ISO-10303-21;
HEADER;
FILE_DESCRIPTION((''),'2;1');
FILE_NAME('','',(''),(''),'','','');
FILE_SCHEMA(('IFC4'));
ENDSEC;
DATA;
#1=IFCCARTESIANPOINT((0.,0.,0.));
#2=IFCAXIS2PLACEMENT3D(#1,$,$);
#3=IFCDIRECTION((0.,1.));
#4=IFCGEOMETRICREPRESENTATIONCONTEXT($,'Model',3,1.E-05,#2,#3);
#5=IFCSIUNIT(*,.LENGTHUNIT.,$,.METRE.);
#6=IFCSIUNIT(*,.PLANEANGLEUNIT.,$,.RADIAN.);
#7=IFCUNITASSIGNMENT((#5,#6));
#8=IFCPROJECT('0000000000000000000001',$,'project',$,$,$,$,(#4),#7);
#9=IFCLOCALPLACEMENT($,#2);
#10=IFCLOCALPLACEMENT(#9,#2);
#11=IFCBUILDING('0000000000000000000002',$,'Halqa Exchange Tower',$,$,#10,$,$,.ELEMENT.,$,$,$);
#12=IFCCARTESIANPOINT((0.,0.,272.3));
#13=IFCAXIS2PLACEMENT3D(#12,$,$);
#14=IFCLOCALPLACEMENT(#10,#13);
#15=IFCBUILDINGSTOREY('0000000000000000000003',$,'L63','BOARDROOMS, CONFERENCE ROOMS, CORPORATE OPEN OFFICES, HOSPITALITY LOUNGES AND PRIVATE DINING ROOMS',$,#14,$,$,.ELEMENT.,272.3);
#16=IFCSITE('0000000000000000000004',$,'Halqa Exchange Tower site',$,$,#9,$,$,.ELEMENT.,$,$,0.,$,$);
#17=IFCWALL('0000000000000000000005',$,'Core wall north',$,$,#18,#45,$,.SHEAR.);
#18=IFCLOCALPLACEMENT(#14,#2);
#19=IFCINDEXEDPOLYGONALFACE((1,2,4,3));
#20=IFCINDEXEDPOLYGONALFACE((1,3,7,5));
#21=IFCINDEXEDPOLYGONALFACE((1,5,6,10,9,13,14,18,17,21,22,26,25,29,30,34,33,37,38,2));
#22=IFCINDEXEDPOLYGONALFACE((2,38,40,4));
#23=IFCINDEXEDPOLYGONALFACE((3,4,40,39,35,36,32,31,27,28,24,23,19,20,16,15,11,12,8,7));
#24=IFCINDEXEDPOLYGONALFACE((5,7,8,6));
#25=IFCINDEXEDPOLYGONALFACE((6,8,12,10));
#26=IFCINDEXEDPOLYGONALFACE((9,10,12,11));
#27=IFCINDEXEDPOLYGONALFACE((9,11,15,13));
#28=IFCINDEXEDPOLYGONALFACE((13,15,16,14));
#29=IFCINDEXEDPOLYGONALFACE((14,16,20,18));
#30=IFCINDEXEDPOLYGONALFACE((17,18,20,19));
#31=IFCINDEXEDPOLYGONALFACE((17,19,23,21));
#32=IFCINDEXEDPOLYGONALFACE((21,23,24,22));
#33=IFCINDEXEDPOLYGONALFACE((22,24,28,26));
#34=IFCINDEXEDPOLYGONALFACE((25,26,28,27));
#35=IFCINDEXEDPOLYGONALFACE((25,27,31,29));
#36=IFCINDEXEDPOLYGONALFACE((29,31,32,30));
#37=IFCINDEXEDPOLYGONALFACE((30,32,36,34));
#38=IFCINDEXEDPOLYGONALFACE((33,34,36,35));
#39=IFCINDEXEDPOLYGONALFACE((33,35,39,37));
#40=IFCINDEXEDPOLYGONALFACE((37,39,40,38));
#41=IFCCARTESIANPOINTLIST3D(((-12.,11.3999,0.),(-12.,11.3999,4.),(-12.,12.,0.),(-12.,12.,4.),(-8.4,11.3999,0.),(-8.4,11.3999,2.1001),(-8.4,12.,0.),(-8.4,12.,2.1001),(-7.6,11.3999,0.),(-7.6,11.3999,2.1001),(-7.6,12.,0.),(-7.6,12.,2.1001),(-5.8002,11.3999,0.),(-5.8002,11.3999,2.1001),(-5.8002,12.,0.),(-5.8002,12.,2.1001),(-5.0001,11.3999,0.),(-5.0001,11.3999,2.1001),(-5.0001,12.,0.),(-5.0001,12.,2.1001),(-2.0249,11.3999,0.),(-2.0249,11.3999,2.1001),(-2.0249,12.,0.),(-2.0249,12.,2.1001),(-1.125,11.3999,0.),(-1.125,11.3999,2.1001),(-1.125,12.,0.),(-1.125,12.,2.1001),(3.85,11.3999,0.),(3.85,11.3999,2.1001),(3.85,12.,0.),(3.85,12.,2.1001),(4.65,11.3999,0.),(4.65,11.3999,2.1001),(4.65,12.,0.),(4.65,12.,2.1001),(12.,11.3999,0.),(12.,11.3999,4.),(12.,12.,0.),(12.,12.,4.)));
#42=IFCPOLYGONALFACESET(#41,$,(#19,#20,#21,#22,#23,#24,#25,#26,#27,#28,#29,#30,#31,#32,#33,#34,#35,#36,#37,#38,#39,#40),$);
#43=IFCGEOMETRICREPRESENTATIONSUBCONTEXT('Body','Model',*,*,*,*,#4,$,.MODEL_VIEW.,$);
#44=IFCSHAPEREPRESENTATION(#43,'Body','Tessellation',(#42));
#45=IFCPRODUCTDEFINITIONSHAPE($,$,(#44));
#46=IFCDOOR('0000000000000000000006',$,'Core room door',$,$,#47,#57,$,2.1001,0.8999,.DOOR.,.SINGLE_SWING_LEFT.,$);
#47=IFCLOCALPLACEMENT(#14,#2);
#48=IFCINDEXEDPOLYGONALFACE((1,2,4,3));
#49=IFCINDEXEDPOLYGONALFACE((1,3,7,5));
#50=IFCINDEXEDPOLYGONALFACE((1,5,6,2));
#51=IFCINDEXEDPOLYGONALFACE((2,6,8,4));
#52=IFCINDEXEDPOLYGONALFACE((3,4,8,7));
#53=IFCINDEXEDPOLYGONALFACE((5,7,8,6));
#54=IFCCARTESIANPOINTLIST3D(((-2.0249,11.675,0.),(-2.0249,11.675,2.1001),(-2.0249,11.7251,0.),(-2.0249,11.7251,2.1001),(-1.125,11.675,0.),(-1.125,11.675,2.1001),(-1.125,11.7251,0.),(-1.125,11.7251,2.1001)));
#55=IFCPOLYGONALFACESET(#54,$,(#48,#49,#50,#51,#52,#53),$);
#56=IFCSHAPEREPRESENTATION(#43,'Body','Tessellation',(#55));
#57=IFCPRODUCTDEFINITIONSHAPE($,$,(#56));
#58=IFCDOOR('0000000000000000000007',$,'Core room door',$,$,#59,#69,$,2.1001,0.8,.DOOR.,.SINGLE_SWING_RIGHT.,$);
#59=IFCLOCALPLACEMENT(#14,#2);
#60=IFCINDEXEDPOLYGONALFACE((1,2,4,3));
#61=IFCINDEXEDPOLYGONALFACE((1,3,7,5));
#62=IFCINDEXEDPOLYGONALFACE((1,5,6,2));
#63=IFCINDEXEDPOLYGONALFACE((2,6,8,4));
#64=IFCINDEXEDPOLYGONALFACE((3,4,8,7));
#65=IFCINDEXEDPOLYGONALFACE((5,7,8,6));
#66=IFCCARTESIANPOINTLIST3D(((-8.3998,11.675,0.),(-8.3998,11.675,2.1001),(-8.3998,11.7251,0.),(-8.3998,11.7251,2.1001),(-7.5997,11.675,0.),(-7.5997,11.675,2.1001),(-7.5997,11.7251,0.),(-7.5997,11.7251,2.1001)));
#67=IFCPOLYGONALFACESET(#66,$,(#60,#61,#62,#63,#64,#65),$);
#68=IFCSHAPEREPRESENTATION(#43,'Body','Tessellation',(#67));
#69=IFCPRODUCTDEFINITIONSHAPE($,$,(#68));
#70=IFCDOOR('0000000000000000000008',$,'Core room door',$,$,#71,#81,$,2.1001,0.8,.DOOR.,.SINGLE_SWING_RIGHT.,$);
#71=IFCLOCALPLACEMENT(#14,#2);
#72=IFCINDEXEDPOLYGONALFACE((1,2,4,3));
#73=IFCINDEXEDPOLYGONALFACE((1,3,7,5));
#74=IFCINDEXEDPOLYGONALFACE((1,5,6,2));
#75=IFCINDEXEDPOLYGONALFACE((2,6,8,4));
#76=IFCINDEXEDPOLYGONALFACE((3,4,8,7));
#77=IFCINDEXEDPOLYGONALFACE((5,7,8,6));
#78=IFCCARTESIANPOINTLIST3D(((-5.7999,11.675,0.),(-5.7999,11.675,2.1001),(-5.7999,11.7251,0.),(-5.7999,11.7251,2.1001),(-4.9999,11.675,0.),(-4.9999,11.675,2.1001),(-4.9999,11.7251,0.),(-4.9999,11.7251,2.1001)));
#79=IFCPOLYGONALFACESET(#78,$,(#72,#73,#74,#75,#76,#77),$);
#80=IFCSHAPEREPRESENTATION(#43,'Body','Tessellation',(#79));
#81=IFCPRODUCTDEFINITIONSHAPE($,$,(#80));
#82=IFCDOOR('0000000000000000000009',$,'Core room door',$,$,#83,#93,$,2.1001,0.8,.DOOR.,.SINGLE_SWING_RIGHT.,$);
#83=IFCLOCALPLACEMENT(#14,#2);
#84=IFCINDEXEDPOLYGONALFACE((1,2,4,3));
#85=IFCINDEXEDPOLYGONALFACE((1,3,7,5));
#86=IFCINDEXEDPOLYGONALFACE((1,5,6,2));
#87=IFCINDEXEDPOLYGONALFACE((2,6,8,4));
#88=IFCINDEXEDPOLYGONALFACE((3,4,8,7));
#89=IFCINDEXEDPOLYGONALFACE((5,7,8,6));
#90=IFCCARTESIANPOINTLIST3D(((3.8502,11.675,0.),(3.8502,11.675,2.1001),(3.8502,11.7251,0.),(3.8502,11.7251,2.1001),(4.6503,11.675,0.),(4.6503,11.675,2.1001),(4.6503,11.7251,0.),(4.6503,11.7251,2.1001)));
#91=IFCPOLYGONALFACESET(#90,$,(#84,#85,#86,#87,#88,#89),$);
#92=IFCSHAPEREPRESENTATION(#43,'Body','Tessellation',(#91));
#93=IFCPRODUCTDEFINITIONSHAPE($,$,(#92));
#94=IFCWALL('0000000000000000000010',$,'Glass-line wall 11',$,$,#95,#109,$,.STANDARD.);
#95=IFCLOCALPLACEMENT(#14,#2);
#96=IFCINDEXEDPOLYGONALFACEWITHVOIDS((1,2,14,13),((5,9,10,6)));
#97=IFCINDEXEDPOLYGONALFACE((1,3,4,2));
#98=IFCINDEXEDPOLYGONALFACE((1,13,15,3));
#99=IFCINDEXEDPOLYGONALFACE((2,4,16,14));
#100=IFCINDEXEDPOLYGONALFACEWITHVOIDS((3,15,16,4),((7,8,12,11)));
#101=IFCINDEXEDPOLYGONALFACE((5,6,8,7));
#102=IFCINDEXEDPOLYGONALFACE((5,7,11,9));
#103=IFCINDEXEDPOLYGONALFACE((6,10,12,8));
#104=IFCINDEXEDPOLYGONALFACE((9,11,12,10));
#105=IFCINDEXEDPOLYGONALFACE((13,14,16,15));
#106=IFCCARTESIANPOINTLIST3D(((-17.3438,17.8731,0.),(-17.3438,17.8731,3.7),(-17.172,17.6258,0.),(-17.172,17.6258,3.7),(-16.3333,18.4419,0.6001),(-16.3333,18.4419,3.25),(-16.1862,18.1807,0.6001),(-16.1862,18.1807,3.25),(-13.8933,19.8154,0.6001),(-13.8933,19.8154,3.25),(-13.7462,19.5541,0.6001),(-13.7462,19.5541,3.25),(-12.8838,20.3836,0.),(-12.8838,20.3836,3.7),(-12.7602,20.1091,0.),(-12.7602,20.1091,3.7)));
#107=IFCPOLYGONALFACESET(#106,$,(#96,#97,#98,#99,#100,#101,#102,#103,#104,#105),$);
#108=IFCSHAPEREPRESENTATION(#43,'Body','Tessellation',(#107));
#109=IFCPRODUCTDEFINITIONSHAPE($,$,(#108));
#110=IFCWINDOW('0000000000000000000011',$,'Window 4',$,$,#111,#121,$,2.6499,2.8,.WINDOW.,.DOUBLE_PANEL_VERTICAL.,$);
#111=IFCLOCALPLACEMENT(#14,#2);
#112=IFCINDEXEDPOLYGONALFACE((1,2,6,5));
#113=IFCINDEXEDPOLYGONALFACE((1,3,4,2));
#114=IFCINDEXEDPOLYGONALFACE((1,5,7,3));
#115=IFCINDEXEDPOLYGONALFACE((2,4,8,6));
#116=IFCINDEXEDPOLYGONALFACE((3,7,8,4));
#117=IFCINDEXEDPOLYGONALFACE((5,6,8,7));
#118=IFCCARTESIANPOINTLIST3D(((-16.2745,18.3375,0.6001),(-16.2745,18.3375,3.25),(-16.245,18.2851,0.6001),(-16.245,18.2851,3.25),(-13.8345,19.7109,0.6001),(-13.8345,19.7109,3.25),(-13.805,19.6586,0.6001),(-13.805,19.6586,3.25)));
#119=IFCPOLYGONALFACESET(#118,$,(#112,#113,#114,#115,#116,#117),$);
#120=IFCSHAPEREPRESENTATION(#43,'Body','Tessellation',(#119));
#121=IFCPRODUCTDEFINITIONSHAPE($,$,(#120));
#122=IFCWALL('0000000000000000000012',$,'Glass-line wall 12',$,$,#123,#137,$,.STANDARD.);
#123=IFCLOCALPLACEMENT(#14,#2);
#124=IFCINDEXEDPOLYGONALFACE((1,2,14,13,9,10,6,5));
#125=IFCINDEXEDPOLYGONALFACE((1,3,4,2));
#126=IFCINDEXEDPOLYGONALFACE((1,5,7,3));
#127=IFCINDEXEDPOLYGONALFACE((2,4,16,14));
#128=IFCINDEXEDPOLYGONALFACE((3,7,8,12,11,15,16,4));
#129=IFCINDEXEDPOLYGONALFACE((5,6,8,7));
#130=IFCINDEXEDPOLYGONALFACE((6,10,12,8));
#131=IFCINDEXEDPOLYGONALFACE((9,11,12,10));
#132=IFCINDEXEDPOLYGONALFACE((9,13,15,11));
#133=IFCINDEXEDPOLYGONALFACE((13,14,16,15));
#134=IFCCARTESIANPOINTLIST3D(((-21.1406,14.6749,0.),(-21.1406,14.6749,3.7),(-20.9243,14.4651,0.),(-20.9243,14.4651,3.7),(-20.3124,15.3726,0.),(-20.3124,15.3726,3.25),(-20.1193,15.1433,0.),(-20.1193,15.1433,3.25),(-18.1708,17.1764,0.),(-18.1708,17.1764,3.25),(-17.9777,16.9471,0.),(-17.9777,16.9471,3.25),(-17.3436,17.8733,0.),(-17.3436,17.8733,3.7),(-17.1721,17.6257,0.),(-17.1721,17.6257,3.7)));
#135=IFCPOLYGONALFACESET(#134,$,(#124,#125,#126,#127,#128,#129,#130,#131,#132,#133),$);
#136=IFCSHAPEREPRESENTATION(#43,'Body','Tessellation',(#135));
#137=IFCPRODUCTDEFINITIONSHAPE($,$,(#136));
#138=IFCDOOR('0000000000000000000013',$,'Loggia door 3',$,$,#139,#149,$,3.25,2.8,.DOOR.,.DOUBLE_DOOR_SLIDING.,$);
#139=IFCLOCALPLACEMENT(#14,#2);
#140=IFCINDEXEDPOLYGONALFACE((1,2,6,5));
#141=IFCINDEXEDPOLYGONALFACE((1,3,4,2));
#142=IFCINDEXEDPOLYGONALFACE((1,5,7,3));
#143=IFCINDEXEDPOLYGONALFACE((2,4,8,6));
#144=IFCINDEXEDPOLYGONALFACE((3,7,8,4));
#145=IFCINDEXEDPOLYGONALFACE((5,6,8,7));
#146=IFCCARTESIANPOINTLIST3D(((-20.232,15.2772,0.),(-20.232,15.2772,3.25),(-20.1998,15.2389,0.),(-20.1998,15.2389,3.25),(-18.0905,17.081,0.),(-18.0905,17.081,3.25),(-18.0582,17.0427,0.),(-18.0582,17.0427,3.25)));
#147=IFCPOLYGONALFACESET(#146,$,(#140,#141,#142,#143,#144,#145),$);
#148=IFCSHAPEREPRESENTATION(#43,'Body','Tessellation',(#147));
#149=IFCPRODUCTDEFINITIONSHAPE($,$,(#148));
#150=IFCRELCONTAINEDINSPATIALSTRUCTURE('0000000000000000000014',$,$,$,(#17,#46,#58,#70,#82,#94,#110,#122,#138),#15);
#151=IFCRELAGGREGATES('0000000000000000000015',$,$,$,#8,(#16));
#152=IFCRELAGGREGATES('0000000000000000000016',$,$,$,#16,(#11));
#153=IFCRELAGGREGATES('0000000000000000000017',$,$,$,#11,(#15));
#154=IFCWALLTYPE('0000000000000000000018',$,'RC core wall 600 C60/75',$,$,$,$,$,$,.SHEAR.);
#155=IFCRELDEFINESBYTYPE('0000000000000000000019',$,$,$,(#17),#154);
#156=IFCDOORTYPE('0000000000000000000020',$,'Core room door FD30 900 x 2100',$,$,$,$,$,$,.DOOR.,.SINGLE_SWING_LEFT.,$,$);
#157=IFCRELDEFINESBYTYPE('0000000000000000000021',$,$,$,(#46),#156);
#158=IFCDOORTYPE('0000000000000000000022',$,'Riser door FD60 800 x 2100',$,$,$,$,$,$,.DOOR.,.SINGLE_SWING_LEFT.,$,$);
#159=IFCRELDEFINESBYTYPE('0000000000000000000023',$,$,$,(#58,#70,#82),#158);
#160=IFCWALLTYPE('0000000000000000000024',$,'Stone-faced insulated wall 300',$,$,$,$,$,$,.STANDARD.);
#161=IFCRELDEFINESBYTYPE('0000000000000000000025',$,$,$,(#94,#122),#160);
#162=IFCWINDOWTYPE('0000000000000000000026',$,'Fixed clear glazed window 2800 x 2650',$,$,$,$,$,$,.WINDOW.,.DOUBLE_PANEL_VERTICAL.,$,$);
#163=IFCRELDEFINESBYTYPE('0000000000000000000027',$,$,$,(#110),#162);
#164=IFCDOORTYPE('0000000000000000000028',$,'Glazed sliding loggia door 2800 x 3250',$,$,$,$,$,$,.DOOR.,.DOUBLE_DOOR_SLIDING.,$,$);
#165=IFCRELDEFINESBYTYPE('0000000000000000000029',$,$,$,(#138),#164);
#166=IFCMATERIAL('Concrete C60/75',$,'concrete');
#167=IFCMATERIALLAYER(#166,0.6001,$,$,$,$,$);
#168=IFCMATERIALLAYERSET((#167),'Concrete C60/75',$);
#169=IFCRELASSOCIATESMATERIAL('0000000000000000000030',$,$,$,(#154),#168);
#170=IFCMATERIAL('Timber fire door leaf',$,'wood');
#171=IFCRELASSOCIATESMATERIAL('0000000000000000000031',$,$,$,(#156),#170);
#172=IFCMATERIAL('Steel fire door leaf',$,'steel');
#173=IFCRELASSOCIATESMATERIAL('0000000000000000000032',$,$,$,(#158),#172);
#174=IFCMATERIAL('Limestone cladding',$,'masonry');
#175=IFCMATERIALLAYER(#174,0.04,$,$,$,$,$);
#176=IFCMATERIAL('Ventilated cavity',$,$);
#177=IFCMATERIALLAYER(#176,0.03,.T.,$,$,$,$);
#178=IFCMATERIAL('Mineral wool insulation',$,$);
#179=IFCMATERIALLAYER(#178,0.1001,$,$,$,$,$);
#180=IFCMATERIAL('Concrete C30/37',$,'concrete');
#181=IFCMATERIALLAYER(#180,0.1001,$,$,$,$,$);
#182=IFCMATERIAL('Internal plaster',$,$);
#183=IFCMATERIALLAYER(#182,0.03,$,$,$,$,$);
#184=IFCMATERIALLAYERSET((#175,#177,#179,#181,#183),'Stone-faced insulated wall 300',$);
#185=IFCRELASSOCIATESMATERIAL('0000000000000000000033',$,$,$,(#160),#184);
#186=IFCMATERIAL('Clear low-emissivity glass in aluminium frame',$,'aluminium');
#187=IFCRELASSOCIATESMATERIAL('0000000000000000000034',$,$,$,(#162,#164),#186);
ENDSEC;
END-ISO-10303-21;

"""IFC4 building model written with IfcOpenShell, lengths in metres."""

from ifc_helpers import new_model, si_unit, direction, frame, frame_2d, origin, place, context, subcontext, project, spatial, polyline, rectangle, outline, extrude, material, layer, layer_set, type_object, element, fill, save


model = new_model("IFC4")

# Units and contexts
model_context = context("Model", 3, precision=1e-05, world=origin(), true_north=direction((0.0, 1.0)))
body_context = subcontext(model_context, "Body", "Model", "MODEL_VIEW")
ifc_project = project(units=[si_unit("LENGTHUNIT", "METRE"), si_unit("PLANEANGLEUNIT", "RADIAN")], contexts=[model_context])

# Site, building, storey
site_placement = place(None, origin())
site = spatial("IfcSite", under=ifc_project, at=site_placement, Name="Halqa Exchange Tower site", CompositionType="ELEMENT", RefElevation=0.0)
building_placement = place(site_placement, origin())
building = spatial("IfcBuilding", under=site, at=building_placement, Name="Halqa Exchange Tower", CompositionType="ELEMENT")
storey_placement = place(building_placement, frame((0.0, 0.0, 272.3)))
storey = spatial("IfcBuildingStorey", under=building, at=storey_placement, Name="L63", Description="BOARDROOMS, CONFERENCE ROOMS, CORPORATE OPEN OFFICES, HOSPITALITY LOUNGES AND PRIVATE DINING ROOMS", CompositionType="ELEMENT", Elevation=272.3)

# Shared definitions
ifc_material_1 = material(Name="Concrete C60/75", Category="concrete")

# Wall, openings, doors
ifc_material_2 = material(Name="Steel fire door leaf", Category="steel")
ifc_layer_1 = layer(ifc_material_1, 0.6001)
ifc_layer_set_1 = layer_set([ifc_layer_1], Name="Concrete C60/75")
wall_type_1 = type_object("IfcWallType", Name="RC core wall 600 C60/75", PredefinedType="SHEAR", material=ifc_layer_set_1)
wall_1_placement = place(storey_placement, frame((-12.0, 11.7, 0.0), z_axis=(0.0, 0.0, 1.0), x_axis=(1.0, 0.0, 0.0)))
wall_1 = element("IfcWall", 1, at=wall_1_placement, inside=storey, type_object=wall_type_1, Name="Core wall north", PredefinedType="SHEAR", context=body_context, shape_type="SweptSolid", body=[
    extrude(rectangle(XDim=24.0, YDim=0.6001, at=frame_2d((12.0, 0.0))), origin(), (0.0, 0.0, 1.0), 4.0),
])
opening_1_placement = place(wall_1_placement, frame((9.9751, 0.0, 0.0)))
opening_1 = element("IfcOpeningElement", 2, at=opening_1_placement, cuts=wall_1, PredefinedType="OPENING", context=body_context, shape_type="SweptSolid", body=[
    extrude(rectangle(XDim=0.8999, YDim=2.1001, at=frame_2d((0.45, 1.05))), frame((0.0, 0.312, 0.0), z_axis=(0.0, -1.0, 0.0), x_axis=(1.0, 0.0, 0.0)), (0.0, 0.0, 1.0), 0.624),
])
opening_2_placement = place(wall_1_placement, frame((3.6001, 0.0, 0.0)))
opening_2 = element("IfcOpeningElement", 3, at=opening_2_placement, cuts=wall_1, PredefinedType="OPENING", context=body_context, shape_type="SweptSolid", body=[
    extrude(rectangle(XDim=0.8, YDim=2.1001, at=frame_2d((0.3999, 1.05))), frame((0.0, 0.312, 0.0), z_axis=(0.0, -1.0, 0.0), x_axis=(1.0, 0.0, 0.0)), (0.0, 0.0, 1.0), 0.624),
])
opening_3_placement = place(wall_1_placement, frame((6.2, 0.0, 0.0)))
opening_3 = element("IfcOpeningElement", 4, at=opening_3_placement, cuts=wall_1, PredefinedType="OPENING", context=body_context, shape_type="SweptSolid", body=[
    extrude(rectangle(XDim=0.8, YDim=2.1001, at=frame_2d((0.3999, 1.05))), frame((0.0, 0.312, 0.0), z_axis=(0.0, -1.0, 0.0), x_axis=(1.0, 0.0, 0.0)), (0.0, 0.0, 1.0), 0.624),
])
opening_4_placement = place(wall_1_placement, frame((15.8501, 0.0, 0.0)))
opening_4 = element("IfcOpeningElement", 5, at=opening_4_placement, cuts=wall_1, PredefinedType="OPENING", context=body_context, shape_type="SweptSolid", body=[
    extrude(rectangle(XDim=0.8, YDim=2.1001, at=frame_2d((0.3999, 1.05))), frame((0.0, 0.312, 0.0), z_axis=(0.0, -1.0, 0.0), x_axis=(1.0, 0.0, 0.0)), (0.0, 0.0, 1.0), 0.624),
])
ifc_material_3 = material(Name="Timber fire door leaf", Category="wood")
door_type_1 = type_object("IfcDoorType", Name="Core room door FD30 900 x 2100", OperationType="SINGLE_SWING_LEFT", PredefinedType="DOOR", material=ifc_material_3)
door_1_placement = place(opening_1_placement, frame((0.8999, 0.0, 0.0), z_axis=(0.0, 0.0, 1.0), x_axis=(-1.0, 0.0, 0.0)))
door_1 = element("IfcDoor", 6, at=door_1_placement, inside=storey, type_object=door_type_1, Name="Core room door", OperationType="SINGLE_SWING_LEFT", OverallHeight=2.1001, OverallWidth=0.8999, PredefinedType="DOOR", context=body_context, shape_type="SweptSolid", body=[
    extrude(rectangle(XDim=0.8999, YDim=2.1001, at=frame_2d((0.45, 1.05))), frame((0.0, 0.0249, 0.0), z_axis=(0.0, -1.0, 0.0), x_axis=(1.0, 0.0, 0.0)), (0.0, 0.0, 1.0), 0.05),
])
fill(opening_1, door_1)
door_type_2 = type_object("IfcDoorType", Name="Riser door FD60 800 x 2100", OperationType="SINGLE_SWING_LEFT", PredefinedType="DOOR", material=ifc_material_2)
door_2_placement = place(opening_2_placement, frame((0.8, 0.0, 0.0), z_axis=(0.0, 0.0, 1.0), x_axis=(-1.0, 0.0, 0.0)))
door_2 = element("IfcDoor", 7, at=door_2_placement, inside=storey, type_object=door_type_2, Name="Core room door", OperationType="SINGLE_SWING_RIGHT", OverallHeight=2.1001, OverallWidth=0.8, PredefinedType="DOOR", context=body_context, shape_type="SweptSolid", body=[
    extrude(rectangle(XDim=0.8, YDim=2.1001, at=frame_2d((0.3999, 1.05))), frame((0.0, 0.0249, 0.0), z_axis=(0.0, -1.0, 0.0), x_axis=(1.0, 0.0, 0.0)), (0.0, 0.0, 1.0), 0.05),
])
fill(opening_2, door_2)
door_3_placement = place(opening_3_placement, frame((0.8, 0.0, 0.0), z_axis=(0.0, 0.0, 1.0), x_axis=(-1.0, 0.0, 0.0)))
door_3 = element("IfcDoor", 8, at=door_3_placement, inside=storey, type_object=door_type_2, Name="Core room door", OperationType="SINGLE_SWING_RIGHT", OverallHeight=2.1001, OverallWidth=0.8, PredefinedType="DOOR", context=body_context, shape_type="SweptSolid", body=[
    extrude(rectangle(XDim=0.8, YDim=2.1001, at=frame_2d((0.3999, 1.05))), frame((0.0, 0.0249, 0.0), z_axis=(0.0, -1.0, 0.0), x_axis=(1.0, 0.0, 0.0)), (0.0, 0.0, 1.0), 0.05),
])
fill(opening_3, door_3)
door_4_placement = place(opening_4_placement, frame((0.8, 0.0, 0.0), z_axis=(0.0, 0.0, 1.0), x_axis=(-1.0, 0.0, 0.0)))
door_4 = element("IfcDoor", 9, at=door_4_placement, inside=storey, type_object=door_type_2, Name="Core room door", OperationType="SINGLE_SWING_RIGHT", OverallHeight=2.1001, OverallWidth=0.8, PredefinedType="DOOR", context=body_context, shape_type="SweptSolid", body=[
    extrude(rectangle(XDim=0.8, YDim=2.1001, at=frame_2d((0.3999, 1.05))), frame((0.0, 0.0249, 0.0), z_axis=(0.0, -1.0, 0.0), x_axis=(1.0, 0.0, 0.0)), (0.0, 0.0, 1.0), 0.05),
])
fill(opening_4, door_4)

# Wall, opening, window
ifc_material_4 = material(Name="Limestone cladding", Category="masonry")
ifc_layer_2 = layer(ifc_material_4, 0.04)
ifc_material_5 = material(Name="Ventilated cavity")
ifc_layer_3 = layer(ifc_material_5, 0.03, ventilated=True)
ifc_material_6 = material(Name="Mineral wool insulation")
ifc_layer_4 = layer(ifc_material_6, 0.1001)
ifc_material_7 = material(Name="Concrete C30/37", Category="concrete")
ifc_layer_5 = layer(ifc_material_7, 0.1001)
ifc_material_8 = material(Name="Internal plaster")
ifc_layer_6 = layer(ifc_material_8, 0.03)
ifc_layer_set_2 = layer_set([ifc_layer_2, ifc_layer_3, ifc_layer_4, ifc_layer_5, ifc_layer_6], Name="Stone-faced insulated wall 300")
wall_type_2 = type_object("IfcWallType", Name="Stone-faced insulated wall 300", PredefinedType="STANDARD", material=ifc_layer_set_2)
wall_2_placement = place(storey_placement, frame((-12.822, 20.2463, 0.0), z_axis=(0.0, 0.0, 1.0), x_axis=(-0.871433, -0.490514, 0.0)))
wall_2 = element("IfcWall", 10, at=wall_2_placement, inside=storey, type_object=wall_type_2, Name="Glass-line wall 11", PredefinedType="STANDARD", context=body_context, shape_type="SweptSolid", body=[
    extrude(outline(polyline([(-0.0134, -0.1499), (5.1045, -0.1499), (5.0762, 0.1499), (0.0134, 0.1499), (-0.0134, -0.1499)])), origin(), (0.0, 0.0, 1.0), 3.7),
])
opening_5_placement = place(wall_2_placement, frame((1.145, 0.0, 0.6001)))
opening_5 = element("IfcOpeningElement", 11, at=opening_5_placement, cuts=wall_2, PredefinedType="OPENING", context=body_context, shape_type="SweptSolid", body=[
    extrude(rectangle(XDim=2.8, YDim=2.6499, at=frame_2d((1.3999, 1.325))), frame((0.0, 0.1621, 0.0), z_axis=(0.0, -1.0, 0.0), x_axis=(1.0, 0.0, 0.0)), (0.0, 0.0, 1.0), 0.324),
])
ifc_material_9 = material(Name="Clear low-emissivity glass in aluminium frame", Category="aluminium")
window_type = type_object("IfcWindowType", Name="Fixed clear glazed window 2800 x 2650", PartitioningType="DOUBLE_PANEL_VERTICAL", PredefinedType="WINDOW", material=ifc_material_9)
window_1_placement = place(opening_5_placement, origin())
window_1 = element("IfcWindow", 12, at=window_1_placement, inside=storey, type_object=window_type, Name="Window 4", OverallHeight=2.6499, OverallWidth=2.8, PartitioningType="DOUBLE_PANEL_VERTICAL", PredefinedType="WINDOW", context=body_context, shape_type="SweptSolid", body=[
    extrude(rectangle(XDim=2.8, YDim=2.6499, at=frame_2d((1.3999, 1.325))), frame((0.0, 0.03, 0.0), z_axis=(0.0, -1.0, 0.0), x_axis=(1.0, 0.0, 0.0)), (0.0, 0.0, 1.0), 0.0601),
])
fill(opening_5, window_1)

# Wall, opening, door
wall_3_placement = place(storey_placement, frame((-17.2578, 17.7495, 0.0), z_axis=(0.0, 0.0, 1.0), x_axis=(-0.764833, -0.644229, 0.0)))
wall_3 = element("IfcWall", 13, at=wall_3_placement, inside=storey, type_object=wall_type_2, Name="Glass-line wall 12", PredefinedType="STANDARD", context=body_context, shape_type="SweptSolid", body=[
    extrude(outline(polyline([(-0.0142, -0.1499), (4.9504, -0.1499), (4.9202, 0.1499), (0.0142, 0.1499), (-0.0142, -0.1499)])), origin(), (0.0, 0.0, 1.0), 3.7),
])
opening_6_placement = place(wall_3_placement, frame((1.0676, 0.0, 0.0)))
opening_6 = element("IfcOpeningElement", 14, at=opening_6_placement, cuts=wall_3, PredefinedType="OPENING", context=body_context, shape_type="SweptSolid", body=[
    extrude(rectangle(XDim=2.8, YDim=3.25, at=frame_2d((1.3999, 1.625))), frame((0.0, 0.1621, 0.0), z_axis=(0.0, -1.0, 0.0), x_axis=(1.0, 0.0, 0.0)), (0.0, 0.0, 1.0), 0.324),
])
door_type_3 = type_object("IfcDoorType", Name="Glazed sliding loggia door 2800 x 3250", OperationType="DOUBLE_DOOR_SLIDING", PredefinedType="DOOR", material=ifc_material_9)
door_5_placement = place(opening_6_placement, origin())
door_5 = element("IfcDoor", 15, at=door_5_placement, inside=storey, type_object=door_type_3, Name="Loggia door 3", OperationType="DOUBLE_DOOR_SLIDING", OverallHeight=3.25, OverallWidth=2.8, PredefinedType="DOOR", context=body_context, shape_type="SweptSolid", body=[
    extrude(rectangle(XDim=2.8, YDim=3.25, at=frame_2d((1.3999, 1.625))), frame((0.0, 0.0249, 0.0), z_axis=(0.0, -1.0, 0.0), x_axis=(1.0, 0.0, 0.0)), (0.0, 0.0, 1.0), 0.05),
])
fill(opening_6, door_5)

save(model, "model.ifc")
